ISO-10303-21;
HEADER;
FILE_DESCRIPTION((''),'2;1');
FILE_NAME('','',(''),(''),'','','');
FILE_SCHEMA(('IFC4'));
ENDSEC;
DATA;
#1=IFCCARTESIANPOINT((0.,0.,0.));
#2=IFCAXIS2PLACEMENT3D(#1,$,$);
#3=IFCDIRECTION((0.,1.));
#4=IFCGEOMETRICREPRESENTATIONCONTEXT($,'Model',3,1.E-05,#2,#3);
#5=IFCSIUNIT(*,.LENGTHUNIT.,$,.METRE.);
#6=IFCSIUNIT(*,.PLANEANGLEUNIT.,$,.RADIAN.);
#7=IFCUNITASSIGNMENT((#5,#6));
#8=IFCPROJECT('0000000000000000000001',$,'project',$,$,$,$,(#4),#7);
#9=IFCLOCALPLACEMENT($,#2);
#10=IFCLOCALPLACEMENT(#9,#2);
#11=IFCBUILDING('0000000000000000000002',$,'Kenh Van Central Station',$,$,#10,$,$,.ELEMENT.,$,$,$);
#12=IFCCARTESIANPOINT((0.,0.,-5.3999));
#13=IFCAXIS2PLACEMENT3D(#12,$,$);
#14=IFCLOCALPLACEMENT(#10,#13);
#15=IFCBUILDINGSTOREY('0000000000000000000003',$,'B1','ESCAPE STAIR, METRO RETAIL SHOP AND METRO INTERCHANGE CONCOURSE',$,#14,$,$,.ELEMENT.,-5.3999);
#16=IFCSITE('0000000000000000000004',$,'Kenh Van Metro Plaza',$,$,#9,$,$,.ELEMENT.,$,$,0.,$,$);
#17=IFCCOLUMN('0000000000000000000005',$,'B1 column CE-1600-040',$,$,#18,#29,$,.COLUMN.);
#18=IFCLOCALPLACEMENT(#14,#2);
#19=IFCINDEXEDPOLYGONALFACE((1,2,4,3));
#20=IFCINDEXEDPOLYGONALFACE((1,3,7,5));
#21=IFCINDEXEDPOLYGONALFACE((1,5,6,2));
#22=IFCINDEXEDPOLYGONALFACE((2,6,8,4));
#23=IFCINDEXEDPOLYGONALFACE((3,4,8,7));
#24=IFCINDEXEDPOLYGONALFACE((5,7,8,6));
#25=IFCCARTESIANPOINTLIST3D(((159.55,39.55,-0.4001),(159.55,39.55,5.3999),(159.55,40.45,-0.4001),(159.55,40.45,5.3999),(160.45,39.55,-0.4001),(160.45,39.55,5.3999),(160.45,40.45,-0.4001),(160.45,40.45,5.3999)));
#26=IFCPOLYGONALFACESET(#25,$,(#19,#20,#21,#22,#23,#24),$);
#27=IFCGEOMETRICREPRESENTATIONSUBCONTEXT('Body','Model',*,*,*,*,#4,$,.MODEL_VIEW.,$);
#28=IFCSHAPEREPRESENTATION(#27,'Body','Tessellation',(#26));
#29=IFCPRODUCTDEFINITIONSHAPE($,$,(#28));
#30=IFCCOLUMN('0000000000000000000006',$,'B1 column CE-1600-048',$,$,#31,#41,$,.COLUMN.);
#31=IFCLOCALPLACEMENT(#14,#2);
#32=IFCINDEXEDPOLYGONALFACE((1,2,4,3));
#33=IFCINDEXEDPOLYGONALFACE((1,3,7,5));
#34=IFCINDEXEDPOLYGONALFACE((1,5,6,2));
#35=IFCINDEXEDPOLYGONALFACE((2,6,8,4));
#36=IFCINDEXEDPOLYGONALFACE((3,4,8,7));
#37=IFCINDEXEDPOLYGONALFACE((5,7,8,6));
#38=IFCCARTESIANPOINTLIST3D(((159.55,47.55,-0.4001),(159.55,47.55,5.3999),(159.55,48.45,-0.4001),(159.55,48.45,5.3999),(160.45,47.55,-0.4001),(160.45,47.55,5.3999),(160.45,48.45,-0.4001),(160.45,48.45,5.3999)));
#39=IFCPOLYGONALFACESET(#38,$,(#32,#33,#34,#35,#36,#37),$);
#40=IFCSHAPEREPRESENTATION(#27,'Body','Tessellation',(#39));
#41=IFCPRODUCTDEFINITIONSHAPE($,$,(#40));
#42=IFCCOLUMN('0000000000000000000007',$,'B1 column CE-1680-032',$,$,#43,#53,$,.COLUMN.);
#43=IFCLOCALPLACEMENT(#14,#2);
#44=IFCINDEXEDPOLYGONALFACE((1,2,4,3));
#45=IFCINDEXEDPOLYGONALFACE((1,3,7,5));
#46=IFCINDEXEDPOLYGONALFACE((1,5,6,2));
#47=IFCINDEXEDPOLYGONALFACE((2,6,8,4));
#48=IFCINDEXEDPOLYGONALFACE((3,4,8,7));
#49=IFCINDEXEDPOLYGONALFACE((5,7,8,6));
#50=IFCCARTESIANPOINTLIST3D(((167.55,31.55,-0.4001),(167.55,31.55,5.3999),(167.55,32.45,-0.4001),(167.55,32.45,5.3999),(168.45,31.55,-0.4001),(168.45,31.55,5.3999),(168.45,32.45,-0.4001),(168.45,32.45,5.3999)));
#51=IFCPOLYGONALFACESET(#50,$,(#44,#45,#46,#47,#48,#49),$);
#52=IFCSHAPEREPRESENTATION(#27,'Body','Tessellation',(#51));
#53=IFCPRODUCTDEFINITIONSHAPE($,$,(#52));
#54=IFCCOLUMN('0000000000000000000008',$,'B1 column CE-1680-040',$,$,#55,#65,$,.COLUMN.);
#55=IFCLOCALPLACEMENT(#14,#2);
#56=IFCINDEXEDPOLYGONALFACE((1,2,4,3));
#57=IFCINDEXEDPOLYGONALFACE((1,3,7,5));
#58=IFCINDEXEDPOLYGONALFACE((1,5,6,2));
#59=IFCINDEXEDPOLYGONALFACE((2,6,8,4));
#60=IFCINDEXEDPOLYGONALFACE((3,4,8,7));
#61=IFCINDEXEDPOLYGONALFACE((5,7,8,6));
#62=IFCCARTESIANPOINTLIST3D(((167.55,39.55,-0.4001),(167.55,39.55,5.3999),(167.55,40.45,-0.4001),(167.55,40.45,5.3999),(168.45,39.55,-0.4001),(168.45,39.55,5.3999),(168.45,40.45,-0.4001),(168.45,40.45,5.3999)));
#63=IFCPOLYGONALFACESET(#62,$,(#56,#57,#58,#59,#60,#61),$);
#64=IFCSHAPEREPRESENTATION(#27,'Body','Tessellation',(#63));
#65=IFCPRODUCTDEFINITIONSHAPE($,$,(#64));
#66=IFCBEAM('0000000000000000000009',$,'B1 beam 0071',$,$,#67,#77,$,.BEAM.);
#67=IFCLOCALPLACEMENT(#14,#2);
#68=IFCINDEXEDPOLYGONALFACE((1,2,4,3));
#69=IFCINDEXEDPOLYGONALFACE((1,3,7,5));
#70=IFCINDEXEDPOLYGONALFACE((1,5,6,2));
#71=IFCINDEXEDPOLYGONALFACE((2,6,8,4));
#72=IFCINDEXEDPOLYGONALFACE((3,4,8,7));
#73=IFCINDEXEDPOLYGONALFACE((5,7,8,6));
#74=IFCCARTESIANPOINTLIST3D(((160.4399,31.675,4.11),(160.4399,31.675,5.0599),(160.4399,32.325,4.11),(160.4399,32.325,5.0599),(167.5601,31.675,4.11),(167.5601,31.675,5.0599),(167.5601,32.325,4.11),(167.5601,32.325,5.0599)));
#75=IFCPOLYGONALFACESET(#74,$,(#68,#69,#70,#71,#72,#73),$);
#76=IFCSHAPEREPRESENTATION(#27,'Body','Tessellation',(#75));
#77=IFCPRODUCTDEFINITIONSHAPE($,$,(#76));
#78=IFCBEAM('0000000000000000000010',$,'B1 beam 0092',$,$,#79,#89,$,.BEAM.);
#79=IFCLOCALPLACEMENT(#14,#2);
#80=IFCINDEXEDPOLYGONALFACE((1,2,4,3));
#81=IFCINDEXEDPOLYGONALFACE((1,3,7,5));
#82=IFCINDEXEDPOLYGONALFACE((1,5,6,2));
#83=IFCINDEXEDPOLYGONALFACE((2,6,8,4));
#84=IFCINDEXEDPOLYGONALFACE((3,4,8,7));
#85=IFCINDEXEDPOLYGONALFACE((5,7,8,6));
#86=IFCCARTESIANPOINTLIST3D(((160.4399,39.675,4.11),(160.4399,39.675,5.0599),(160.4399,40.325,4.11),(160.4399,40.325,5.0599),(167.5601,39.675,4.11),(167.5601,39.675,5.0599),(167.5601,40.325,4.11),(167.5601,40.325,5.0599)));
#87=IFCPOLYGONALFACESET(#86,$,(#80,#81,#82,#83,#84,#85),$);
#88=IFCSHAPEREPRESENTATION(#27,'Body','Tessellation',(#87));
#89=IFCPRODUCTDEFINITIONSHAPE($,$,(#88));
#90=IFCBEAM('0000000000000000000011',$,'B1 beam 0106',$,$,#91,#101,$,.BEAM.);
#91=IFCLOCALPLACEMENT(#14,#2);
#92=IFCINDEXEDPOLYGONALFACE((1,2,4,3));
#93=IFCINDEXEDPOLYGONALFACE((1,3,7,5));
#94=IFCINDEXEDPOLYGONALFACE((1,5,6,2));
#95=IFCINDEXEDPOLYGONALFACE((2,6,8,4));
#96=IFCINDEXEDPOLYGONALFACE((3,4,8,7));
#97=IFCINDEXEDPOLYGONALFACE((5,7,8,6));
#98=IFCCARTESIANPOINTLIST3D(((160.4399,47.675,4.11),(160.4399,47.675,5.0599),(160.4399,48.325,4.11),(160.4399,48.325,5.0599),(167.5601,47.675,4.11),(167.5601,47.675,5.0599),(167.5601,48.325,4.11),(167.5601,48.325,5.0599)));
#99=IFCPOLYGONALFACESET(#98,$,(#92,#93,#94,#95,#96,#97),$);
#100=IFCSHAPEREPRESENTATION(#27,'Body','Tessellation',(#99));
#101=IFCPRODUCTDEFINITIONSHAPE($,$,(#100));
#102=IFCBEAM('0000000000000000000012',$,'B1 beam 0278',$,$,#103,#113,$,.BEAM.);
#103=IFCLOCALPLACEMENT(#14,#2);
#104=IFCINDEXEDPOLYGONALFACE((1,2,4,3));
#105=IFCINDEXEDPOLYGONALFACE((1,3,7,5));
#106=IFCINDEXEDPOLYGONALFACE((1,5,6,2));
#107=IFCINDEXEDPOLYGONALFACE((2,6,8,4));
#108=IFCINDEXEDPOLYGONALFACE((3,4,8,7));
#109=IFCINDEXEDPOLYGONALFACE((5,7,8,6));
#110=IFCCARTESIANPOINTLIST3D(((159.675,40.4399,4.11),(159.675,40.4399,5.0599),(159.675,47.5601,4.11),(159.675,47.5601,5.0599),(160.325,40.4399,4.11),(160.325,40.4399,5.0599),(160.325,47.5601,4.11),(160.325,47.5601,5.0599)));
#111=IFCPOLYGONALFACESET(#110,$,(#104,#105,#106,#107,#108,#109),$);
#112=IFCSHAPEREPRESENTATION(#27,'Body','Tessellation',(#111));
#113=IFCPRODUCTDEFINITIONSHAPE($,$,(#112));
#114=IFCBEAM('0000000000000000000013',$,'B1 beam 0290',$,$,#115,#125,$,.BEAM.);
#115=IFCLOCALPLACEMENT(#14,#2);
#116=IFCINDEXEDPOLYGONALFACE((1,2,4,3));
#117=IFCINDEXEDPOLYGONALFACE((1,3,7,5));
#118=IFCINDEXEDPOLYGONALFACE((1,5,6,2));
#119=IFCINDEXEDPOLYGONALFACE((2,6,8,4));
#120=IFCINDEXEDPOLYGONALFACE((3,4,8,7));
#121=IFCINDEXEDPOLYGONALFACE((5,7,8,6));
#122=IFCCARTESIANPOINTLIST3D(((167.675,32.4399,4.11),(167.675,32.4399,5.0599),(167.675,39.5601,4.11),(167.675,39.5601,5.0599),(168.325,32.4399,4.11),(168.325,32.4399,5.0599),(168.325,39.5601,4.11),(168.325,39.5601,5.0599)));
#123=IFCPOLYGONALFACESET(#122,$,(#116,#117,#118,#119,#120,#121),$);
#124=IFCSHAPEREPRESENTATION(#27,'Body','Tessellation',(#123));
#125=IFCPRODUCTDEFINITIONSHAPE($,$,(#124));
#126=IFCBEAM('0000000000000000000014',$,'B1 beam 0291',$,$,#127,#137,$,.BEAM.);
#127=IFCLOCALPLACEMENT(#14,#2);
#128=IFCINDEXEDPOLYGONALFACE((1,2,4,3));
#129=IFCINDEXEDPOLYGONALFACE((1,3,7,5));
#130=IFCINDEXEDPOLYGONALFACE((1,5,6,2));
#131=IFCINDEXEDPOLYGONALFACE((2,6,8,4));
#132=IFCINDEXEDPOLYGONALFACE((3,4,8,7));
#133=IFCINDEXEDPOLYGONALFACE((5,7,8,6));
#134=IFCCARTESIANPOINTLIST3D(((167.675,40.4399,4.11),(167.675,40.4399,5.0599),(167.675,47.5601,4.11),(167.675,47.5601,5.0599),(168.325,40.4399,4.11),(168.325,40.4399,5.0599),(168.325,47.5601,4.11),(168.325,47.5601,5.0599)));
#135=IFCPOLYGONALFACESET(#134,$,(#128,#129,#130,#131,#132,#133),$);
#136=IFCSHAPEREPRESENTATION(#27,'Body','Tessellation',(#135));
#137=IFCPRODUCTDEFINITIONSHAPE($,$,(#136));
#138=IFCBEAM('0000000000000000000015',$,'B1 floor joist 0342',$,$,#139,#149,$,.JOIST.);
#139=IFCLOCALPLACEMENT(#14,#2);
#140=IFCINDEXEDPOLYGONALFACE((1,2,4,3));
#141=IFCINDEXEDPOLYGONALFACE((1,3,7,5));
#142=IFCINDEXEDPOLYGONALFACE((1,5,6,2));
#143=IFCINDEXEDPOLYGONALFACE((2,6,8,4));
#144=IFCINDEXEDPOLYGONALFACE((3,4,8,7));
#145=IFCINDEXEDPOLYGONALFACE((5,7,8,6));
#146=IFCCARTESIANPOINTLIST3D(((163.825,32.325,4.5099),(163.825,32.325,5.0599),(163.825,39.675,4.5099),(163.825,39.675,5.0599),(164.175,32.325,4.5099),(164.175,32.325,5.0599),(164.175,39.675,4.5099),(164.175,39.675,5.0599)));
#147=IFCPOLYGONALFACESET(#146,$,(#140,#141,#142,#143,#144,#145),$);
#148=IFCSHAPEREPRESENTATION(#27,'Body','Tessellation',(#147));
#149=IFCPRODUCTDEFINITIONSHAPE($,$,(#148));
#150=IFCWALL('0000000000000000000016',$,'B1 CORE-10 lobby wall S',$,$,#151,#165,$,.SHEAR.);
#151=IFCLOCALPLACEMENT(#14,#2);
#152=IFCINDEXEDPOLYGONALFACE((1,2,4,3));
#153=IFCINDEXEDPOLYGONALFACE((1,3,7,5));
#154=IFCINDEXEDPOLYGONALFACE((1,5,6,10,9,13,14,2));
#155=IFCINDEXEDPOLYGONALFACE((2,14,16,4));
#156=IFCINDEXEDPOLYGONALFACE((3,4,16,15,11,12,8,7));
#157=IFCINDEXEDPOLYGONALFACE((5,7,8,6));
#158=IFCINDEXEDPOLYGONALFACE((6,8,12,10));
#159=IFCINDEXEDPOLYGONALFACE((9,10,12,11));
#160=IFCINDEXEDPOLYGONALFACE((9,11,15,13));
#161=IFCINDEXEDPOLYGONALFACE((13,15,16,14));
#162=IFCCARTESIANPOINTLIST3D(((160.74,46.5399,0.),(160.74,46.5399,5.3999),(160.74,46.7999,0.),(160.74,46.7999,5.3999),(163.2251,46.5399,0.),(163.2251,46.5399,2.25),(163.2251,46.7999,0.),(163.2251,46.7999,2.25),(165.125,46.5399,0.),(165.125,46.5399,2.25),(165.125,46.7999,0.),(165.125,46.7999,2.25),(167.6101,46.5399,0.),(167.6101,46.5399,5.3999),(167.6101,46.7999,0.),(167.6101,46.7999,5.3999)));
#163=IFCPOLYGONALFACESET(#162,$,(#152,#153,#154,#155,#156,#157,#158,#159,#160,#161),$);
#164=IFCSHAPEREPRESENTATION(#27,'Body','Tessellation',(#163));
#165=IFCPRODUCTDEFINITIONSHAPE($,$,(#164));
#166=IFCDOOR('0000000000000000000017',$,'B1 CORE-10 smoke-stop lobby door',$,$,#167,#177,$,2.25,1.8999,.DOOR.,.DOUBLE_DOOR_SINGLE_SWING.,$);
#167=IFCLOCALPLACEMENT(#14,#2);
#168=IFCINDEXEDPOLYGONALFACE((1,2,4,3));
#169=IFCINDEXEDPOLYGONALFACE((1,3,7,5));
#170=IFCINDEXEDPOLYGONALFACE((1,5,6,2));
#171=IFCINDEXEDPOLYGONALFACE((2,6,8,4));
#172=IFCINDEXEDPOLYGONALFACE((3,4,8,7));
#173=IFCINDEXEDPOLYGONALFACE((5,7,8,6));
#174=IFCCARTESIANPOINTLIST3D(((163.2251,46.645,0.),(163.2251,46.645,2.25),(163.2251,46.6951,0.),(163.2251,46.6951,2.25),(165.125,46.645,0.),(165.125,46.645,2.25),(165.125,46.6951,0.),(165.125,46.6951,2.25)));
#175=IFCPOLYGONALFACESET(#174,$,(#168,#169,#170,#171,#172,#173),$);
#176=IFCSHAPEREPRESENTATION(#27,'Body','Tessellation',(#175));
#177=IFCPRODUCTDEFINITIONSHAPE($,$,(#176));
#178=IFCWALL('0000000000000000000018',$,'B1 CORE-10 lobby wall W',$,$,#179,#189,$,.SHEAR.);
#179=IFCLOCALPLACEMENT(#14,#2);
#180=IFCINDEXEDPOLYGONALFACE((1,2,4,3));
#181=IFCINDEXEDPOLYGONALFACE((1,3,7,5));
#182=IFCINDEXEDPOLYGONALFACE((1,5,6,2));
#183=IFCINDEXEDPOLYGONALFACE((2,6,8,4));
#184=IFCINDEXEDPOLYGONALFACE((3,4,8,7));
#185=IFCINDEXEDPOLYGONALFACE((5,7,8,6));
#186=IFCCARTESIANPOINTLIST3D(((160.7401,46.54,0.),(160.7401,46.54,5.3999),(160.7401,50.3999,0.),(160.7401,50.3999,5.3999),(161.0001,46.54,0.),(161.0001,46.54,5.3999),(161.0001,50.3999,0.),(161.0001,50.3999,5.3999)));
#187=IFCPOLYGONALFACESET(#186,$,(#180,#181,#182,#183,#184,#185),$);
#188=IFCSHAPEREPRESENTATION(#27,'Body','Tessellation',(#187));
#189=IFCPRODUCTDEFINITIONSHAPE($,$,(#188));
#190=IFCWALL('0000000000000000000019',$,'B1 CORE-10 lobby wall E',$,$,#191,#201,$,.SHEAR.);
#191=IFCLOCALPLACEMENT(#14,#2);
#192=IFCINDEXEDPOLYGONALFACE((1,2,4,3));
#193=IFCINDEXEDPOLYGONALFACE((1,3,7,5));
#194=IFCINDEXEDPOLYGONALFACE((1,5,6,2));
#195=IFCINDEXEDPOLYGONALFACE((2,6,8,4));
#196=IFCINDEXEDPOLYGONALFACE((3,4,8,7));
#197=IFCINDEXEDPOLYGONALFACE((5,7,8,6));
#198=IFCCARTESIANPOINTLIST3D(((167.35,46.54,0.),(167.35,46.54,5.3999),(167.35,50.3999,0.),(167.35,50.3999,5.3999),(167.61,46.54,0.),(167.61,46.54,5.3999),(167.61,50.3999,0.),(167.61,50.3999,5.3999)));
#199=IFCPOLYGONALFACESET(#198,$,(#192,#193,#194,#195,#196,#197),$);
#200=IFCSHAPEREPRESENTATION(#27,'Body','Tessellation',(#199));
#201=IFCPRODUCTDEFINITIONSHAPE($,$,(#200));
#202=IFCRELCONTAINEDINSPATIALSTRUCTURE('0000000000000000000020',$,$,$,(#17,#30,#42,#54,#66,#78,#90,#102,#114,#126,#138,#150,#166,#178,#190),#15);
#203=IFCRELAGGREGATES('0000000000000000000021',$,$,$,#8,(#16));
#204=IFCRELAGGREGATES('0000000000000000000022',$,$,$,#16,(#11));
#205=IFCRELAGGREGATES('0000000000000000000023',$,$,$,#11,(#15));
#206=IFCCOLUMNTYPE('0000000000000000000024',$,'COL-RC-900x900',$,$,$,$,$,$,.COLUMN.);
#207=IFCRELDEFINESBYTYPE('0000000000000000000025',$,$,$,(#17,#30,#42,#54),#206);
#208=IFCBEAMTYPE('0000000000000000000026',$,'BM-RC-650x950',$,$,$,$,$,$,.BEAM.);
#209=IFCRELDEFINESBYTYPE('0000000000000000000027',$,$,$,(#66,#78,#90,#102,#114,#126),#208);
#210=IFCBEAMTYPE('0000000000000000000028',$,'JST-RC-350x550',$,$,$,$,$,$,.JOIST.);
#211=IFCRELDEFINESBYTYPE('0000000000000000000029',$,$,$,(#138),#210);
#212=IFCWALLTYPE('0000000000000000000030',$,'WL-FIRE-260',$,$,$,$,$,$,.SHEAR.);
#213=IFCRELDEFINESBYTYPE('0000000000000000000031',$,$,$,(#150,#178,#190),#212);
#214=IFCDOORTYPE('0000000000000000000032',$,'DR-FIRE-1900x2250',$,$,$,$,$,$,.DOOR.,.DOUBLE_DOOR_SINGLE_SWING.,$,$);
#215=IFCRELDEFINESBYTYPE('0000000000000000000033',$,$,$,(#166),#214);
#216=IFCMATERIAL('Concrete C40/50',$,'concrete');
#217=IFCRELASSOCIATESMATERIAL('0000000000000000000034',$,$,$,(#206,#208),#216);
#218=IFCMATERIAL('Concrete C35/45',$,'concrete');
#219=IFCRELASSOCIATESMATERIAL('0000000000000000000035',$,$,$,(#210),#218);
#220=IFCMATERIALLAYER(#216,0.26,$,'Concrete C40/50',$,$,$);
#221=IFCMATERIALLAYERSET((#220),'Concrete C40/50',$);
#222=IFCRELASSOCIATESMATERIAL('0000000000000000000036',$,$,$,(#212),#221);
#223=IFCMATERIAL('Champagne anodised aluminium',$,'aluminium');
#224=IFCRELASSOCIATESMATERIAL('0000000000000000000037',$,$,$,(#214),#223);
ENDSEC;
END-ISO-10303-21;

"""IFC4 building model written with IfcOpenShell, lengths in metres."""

from ifc_helpers import new_model, si_unit, direction, frame, frame_2d, origin, origin_2d, place, context, subcontext, project, spatial, rectangle, extrude, material, layer, layer_set, material_profile, profile_set, type_object, element, fill, save


model = new_model("IFC4")

# Units and contexts
model_context = context("Model", 3, precision=1e-05, world=origin(), true_north=direction((0.0, 1.0)))
body_context = subcontext(model_context, "Body", "Model", "MODEL_VIEW")
ifc_project = project(units=[si_unit("LENGTHUNIT", "METRE"), si_unit("PLANEANGLEUNIT", "RADIAN")], contexts=[model_context])

# Site, building, storey
site_placement = place(None, origin())
site = spatial("IfcSite", under=ifc_project, at=site_placement, Name="Kenh Van Metro Plaza", CompositionType="ELEMENT", RefElevation=0.0)
building_placement = place(site_placement, origin())
building = spatial("IfcBuilding", under=site, at=building_placement, Name="Kenh Van Central Station", CompositionType="ELEMENT")
storey_placement = place(building_placement, frame((0.0, 0.0, -5.3999)))
storey = spatial("IfcBuildingStorey", under=building, at=storey_placement, Name="B1", Description="ESCAPE STAIR, METRO RETAIL SHOP AND METRO INTERCHANGE CONCOURSE", CompositionType="ELEMENT", Elevation=-5.3999)

# Shared definitions
ifc_material_1 = material(Name="Concrete C40/50", Category="concrete")

# Columns
ifc_material_profile_1 = material_profile(ifc_material_1, rectangle(XDim=0.8999, YDim=0.8999, at=origin_2d()), Name="RC 900x900")
ifc_profile_set_1 = profile_set([ifc_material_profile_1], Name="Concrete C40/50")
column_type = type_object("IfcColumnType", Name="COL-RC-900x900", PredefinedType="COLUMN", material=ifc_profile_set_1)
for number, where, z_axis, x_axis, name in (
    (1, (160.0, 40.0, -0.4001), (0.0, 0.0, 1.0), (1.0, 0.0, 0.0), "B1 column CE-1600-040"),
    (2, (160.0, 48.0, -0.4001), (0.0, 0.0, 1.0), (1.0, 0.0, 0.0), "B1 column CE-1600-048"),
    (3, (168.0, 32.0, -0.4001), (0.0, 0.0, 1.0), (1.0, 0.0, 0.0), "B1 column CE-1680-032"),
    (4, (168.0, 40.0, -0.4001), (0.0, 0.0, 1.0), (1.0, 0.0, 0.0), "B1 column CE-1680-040"),
):
    element("IfcColumn", number, at=place(storey_placement, frame(where, z_axis=z_axis, x_axis=x_axis)), inside=storey, type_object=column_type, Name=name, PredefinedType="COLUMN", context=body_context, shape_type="SweptSolid", body=[
        extrude(rectangle(XDim=0.8999, YDim=0.8999, at=origin_2d()), origin(), (0.0, 0.0, 1.0), 5.8),
    ])

# Beams
ifc_material_profile_2 = material_profile(ifc_material_1, rectangle(XDim=0.6499, YDim=0.95, at=origin_2d()), Name="RC 650x950")
ifc_profile_set_2 = profile_set([ifc_material_profile_2], Name="Concrete C40/50")
beam_type_1 = type_object("IfcBeamType", Name="BM-RC-650x950", PredefinedType="BEAM", material=ifc_profile_set_2)
for number, where, z_axis, x_axis, name in (
    (5, (160.4399, 32.0, 4.585), (1.0, 0.0, 0.0), (0.0, 1.0, 0.0), "B1 beam 0071"),
    (6, (160.4399, 40.0, 4.585), (1.0, 0.0, 0.0), (0.0, 1.0, 0.0), "B1 beam 0092"),
    (7, (160.4399, 48.0, 4.585), (1.0, 0.0, 0.0), (0.0, 1.0, 0.0), "B1 beam 0106"),
    (8, (160.0, 40.4399, 4.585), (0.0, 1.0, 0.0), (-1.0, 0.0, 0.0), "B1 beam 0278"),
    (9, (168.0, 32.4399, 4.585), (0.0, 1.0, 0.0), (-1.0, 0.0, 0.0), "B1 beam 0290"),
    (10, (168.0, 40.4399, 4.585), (0.0, 1.0, 0.0), (-1.0, 0.0, 0.0), "B1 beam 0291"),
):
    element("IfcBeam", number, at=place(storey_placement, frame(where, z_axis=z_axis, x_axis=x_axis)), inside=storey, type_object=beam_type_1, Name=name, PredefinedType="BEAM", context=body_context, shape_type="SweptSolid", body=[
        extrude(rectangle(XDim=0.6499, YDim=0.95, at=origin_2d()), origin(), (0.0, 0.0, 1.0), 7.1201),
    ])
ifc_material_2 = material(Name="Concrete C35/45", Category="concrete")
ifc_material_profile_3 = material_profile(ifc_material_2, rectangle(XDim=0.3501, YDim=0.55, at=origin_2d()), Name="RC 350x550")
ifc_profile_set_3 = profile_set([ifc_material_profile_3], Name="Concrete C35/45")
beam_type_2 = type_object("IfcBeamType", Name="JST-RC-350x550", PredefinedType="JOIST", material=ifc_profile_set_3)
beam_placement = place(storey_placement, frame((164.0, 32.325, 4.7849), z_axis=(0.0, 1.0, 0.0), x_axis=(-1.0, 0.0, 0.0)))
element("IfcBeam", 11, at=beam_placement, inside=storey, type_object=beam_type_2, Name="B1 floor joist 0342", PredefinedType="JOIST", context=body_context, shape_type="SweptSolid", body=[
    extrude(rectangle(XDim=0.3501, YDim=0.55, at=origin_2d()), origin(), (0.0, 0.0, 1.0), 7.3501),
])

# Wall, opening, door
ifc_layer_1 = layer(ifc_material_1, 0.26, Name="Concrete C40/50")
ifc_layer_set_1 = layer_set([ifc_layer_1], Name="Concrete C40/50")
wall_type_1 = type_object("IfcWallType", Name="WL-FIRE-260", PredefinedType="SHEAR", material=ifc_layer_set_1)
wall_1_placement = place(storey_placement, frame((167.6101, 46.6699, 0.0), z_axis=(0.0, 0.0, 1.0), x_axis=(-1.0, 0.0, 0.0)))
wall_1 = element("IfcWall", 12, at=wall_1_placement, inside=storey, type_object=wall_type_1, Name="B1 CORE-10 lobby wall S", PredefinedType="SHEAR", context=body_context, shape_type="SweptSolid", body=[
    extrude(rectangle(XDim=6.8701, YDim=0.26, at=frame_2d((3.4351, 0.0))), origin(), (0.0, 0.0, 1.0), 5.3999),
])
opening_1_placement = place(wall_1_placement, frame((2.4851, 0.0, 0.0)))
opening_1 = element("IfcOpeningElement", 13, at=opening_1_placement, cuts=wall_1, PredefinedType="OPENING", context=body_context, shape_type="SweptSolid", body=[
    extrude(rectangle(XDim=1.8999, YDim=2.25, at=frame_2d((0.95, 1.125))), frame((0.0, 0.1399, 0.0), z_axis=(0.0, -1.0, 0.0), x_axis=(1.0, 0.0, 0.0)), (0.0, 0.0, 1.0), 0.28),
])
ifc_material_3 = material(Name="Champagne anodised aluminium", Category="aluminium")
door_type_1 = type_object("IfcDoorType", Name="DR-FIRE-1900x2250", OperationType="DOUBLE_DOOR_SINGLE_SWING", PredefinedType="DOOR", material=ifc_material_3)
door_1_placement = place(opening_1_placement, origin())
door_1 = element("IfcDoor", 14, at=door_1_placement, inside=storey, type_object=door_type_1, Name="B1 CORE-10 smoke-stop lobby door", OperationType="DOUBLE_DOOR_SINGLE_SWING", OverallHeight=2.25, OverallWidth=1.8999, PredefinedType="DOOR", context=body_context, shape_type="SweptSolid", body=[
    extrude(rectangle(XDim=1.8999, YDim=2.25, at=frame_2d((0.95, 1.125))), frame((0.0, 0.0249, 0.0), z_axis=(0.0, -1.0, 0.0), x_axis=(1.0, 0.0, 0.0)), (0.0, 0.0, 1.0), 0.05),
])
fill(opening_1, door_1)

# Walls
for number, where, z_axis, x_axis, name in (
    (15, (160.8701, 46.54, 0.0), (0.0, 0.0, 1.0), (0.0, 1.0, 0.0), "B1 CORE-10 lobby wall W"),
    (16, (167.48, 46.54, 0.0), (0.0, 0.0, 1.0), (0.0, 1.0, 0.0), "B1 CORE-10 lobby wall E"),
):
    element("IfcWall", number, at=place(storey_placement, frame(where, z_axis=z_axis, x_axis=x_axis)), inside=storey, type_object=wall_type_1, Name=name, PredefinedType="SHEAR", context=body_context, shape_type="SweptSolid", body=[
        extrude(rectangle(XDim=3.8599, YDim=0.26, at=frame_2d((1.9299, 0.0))), origin(), (0.0, 0.0, 1.0), 5.3999),
    ])

save(model, "model.ifc")
